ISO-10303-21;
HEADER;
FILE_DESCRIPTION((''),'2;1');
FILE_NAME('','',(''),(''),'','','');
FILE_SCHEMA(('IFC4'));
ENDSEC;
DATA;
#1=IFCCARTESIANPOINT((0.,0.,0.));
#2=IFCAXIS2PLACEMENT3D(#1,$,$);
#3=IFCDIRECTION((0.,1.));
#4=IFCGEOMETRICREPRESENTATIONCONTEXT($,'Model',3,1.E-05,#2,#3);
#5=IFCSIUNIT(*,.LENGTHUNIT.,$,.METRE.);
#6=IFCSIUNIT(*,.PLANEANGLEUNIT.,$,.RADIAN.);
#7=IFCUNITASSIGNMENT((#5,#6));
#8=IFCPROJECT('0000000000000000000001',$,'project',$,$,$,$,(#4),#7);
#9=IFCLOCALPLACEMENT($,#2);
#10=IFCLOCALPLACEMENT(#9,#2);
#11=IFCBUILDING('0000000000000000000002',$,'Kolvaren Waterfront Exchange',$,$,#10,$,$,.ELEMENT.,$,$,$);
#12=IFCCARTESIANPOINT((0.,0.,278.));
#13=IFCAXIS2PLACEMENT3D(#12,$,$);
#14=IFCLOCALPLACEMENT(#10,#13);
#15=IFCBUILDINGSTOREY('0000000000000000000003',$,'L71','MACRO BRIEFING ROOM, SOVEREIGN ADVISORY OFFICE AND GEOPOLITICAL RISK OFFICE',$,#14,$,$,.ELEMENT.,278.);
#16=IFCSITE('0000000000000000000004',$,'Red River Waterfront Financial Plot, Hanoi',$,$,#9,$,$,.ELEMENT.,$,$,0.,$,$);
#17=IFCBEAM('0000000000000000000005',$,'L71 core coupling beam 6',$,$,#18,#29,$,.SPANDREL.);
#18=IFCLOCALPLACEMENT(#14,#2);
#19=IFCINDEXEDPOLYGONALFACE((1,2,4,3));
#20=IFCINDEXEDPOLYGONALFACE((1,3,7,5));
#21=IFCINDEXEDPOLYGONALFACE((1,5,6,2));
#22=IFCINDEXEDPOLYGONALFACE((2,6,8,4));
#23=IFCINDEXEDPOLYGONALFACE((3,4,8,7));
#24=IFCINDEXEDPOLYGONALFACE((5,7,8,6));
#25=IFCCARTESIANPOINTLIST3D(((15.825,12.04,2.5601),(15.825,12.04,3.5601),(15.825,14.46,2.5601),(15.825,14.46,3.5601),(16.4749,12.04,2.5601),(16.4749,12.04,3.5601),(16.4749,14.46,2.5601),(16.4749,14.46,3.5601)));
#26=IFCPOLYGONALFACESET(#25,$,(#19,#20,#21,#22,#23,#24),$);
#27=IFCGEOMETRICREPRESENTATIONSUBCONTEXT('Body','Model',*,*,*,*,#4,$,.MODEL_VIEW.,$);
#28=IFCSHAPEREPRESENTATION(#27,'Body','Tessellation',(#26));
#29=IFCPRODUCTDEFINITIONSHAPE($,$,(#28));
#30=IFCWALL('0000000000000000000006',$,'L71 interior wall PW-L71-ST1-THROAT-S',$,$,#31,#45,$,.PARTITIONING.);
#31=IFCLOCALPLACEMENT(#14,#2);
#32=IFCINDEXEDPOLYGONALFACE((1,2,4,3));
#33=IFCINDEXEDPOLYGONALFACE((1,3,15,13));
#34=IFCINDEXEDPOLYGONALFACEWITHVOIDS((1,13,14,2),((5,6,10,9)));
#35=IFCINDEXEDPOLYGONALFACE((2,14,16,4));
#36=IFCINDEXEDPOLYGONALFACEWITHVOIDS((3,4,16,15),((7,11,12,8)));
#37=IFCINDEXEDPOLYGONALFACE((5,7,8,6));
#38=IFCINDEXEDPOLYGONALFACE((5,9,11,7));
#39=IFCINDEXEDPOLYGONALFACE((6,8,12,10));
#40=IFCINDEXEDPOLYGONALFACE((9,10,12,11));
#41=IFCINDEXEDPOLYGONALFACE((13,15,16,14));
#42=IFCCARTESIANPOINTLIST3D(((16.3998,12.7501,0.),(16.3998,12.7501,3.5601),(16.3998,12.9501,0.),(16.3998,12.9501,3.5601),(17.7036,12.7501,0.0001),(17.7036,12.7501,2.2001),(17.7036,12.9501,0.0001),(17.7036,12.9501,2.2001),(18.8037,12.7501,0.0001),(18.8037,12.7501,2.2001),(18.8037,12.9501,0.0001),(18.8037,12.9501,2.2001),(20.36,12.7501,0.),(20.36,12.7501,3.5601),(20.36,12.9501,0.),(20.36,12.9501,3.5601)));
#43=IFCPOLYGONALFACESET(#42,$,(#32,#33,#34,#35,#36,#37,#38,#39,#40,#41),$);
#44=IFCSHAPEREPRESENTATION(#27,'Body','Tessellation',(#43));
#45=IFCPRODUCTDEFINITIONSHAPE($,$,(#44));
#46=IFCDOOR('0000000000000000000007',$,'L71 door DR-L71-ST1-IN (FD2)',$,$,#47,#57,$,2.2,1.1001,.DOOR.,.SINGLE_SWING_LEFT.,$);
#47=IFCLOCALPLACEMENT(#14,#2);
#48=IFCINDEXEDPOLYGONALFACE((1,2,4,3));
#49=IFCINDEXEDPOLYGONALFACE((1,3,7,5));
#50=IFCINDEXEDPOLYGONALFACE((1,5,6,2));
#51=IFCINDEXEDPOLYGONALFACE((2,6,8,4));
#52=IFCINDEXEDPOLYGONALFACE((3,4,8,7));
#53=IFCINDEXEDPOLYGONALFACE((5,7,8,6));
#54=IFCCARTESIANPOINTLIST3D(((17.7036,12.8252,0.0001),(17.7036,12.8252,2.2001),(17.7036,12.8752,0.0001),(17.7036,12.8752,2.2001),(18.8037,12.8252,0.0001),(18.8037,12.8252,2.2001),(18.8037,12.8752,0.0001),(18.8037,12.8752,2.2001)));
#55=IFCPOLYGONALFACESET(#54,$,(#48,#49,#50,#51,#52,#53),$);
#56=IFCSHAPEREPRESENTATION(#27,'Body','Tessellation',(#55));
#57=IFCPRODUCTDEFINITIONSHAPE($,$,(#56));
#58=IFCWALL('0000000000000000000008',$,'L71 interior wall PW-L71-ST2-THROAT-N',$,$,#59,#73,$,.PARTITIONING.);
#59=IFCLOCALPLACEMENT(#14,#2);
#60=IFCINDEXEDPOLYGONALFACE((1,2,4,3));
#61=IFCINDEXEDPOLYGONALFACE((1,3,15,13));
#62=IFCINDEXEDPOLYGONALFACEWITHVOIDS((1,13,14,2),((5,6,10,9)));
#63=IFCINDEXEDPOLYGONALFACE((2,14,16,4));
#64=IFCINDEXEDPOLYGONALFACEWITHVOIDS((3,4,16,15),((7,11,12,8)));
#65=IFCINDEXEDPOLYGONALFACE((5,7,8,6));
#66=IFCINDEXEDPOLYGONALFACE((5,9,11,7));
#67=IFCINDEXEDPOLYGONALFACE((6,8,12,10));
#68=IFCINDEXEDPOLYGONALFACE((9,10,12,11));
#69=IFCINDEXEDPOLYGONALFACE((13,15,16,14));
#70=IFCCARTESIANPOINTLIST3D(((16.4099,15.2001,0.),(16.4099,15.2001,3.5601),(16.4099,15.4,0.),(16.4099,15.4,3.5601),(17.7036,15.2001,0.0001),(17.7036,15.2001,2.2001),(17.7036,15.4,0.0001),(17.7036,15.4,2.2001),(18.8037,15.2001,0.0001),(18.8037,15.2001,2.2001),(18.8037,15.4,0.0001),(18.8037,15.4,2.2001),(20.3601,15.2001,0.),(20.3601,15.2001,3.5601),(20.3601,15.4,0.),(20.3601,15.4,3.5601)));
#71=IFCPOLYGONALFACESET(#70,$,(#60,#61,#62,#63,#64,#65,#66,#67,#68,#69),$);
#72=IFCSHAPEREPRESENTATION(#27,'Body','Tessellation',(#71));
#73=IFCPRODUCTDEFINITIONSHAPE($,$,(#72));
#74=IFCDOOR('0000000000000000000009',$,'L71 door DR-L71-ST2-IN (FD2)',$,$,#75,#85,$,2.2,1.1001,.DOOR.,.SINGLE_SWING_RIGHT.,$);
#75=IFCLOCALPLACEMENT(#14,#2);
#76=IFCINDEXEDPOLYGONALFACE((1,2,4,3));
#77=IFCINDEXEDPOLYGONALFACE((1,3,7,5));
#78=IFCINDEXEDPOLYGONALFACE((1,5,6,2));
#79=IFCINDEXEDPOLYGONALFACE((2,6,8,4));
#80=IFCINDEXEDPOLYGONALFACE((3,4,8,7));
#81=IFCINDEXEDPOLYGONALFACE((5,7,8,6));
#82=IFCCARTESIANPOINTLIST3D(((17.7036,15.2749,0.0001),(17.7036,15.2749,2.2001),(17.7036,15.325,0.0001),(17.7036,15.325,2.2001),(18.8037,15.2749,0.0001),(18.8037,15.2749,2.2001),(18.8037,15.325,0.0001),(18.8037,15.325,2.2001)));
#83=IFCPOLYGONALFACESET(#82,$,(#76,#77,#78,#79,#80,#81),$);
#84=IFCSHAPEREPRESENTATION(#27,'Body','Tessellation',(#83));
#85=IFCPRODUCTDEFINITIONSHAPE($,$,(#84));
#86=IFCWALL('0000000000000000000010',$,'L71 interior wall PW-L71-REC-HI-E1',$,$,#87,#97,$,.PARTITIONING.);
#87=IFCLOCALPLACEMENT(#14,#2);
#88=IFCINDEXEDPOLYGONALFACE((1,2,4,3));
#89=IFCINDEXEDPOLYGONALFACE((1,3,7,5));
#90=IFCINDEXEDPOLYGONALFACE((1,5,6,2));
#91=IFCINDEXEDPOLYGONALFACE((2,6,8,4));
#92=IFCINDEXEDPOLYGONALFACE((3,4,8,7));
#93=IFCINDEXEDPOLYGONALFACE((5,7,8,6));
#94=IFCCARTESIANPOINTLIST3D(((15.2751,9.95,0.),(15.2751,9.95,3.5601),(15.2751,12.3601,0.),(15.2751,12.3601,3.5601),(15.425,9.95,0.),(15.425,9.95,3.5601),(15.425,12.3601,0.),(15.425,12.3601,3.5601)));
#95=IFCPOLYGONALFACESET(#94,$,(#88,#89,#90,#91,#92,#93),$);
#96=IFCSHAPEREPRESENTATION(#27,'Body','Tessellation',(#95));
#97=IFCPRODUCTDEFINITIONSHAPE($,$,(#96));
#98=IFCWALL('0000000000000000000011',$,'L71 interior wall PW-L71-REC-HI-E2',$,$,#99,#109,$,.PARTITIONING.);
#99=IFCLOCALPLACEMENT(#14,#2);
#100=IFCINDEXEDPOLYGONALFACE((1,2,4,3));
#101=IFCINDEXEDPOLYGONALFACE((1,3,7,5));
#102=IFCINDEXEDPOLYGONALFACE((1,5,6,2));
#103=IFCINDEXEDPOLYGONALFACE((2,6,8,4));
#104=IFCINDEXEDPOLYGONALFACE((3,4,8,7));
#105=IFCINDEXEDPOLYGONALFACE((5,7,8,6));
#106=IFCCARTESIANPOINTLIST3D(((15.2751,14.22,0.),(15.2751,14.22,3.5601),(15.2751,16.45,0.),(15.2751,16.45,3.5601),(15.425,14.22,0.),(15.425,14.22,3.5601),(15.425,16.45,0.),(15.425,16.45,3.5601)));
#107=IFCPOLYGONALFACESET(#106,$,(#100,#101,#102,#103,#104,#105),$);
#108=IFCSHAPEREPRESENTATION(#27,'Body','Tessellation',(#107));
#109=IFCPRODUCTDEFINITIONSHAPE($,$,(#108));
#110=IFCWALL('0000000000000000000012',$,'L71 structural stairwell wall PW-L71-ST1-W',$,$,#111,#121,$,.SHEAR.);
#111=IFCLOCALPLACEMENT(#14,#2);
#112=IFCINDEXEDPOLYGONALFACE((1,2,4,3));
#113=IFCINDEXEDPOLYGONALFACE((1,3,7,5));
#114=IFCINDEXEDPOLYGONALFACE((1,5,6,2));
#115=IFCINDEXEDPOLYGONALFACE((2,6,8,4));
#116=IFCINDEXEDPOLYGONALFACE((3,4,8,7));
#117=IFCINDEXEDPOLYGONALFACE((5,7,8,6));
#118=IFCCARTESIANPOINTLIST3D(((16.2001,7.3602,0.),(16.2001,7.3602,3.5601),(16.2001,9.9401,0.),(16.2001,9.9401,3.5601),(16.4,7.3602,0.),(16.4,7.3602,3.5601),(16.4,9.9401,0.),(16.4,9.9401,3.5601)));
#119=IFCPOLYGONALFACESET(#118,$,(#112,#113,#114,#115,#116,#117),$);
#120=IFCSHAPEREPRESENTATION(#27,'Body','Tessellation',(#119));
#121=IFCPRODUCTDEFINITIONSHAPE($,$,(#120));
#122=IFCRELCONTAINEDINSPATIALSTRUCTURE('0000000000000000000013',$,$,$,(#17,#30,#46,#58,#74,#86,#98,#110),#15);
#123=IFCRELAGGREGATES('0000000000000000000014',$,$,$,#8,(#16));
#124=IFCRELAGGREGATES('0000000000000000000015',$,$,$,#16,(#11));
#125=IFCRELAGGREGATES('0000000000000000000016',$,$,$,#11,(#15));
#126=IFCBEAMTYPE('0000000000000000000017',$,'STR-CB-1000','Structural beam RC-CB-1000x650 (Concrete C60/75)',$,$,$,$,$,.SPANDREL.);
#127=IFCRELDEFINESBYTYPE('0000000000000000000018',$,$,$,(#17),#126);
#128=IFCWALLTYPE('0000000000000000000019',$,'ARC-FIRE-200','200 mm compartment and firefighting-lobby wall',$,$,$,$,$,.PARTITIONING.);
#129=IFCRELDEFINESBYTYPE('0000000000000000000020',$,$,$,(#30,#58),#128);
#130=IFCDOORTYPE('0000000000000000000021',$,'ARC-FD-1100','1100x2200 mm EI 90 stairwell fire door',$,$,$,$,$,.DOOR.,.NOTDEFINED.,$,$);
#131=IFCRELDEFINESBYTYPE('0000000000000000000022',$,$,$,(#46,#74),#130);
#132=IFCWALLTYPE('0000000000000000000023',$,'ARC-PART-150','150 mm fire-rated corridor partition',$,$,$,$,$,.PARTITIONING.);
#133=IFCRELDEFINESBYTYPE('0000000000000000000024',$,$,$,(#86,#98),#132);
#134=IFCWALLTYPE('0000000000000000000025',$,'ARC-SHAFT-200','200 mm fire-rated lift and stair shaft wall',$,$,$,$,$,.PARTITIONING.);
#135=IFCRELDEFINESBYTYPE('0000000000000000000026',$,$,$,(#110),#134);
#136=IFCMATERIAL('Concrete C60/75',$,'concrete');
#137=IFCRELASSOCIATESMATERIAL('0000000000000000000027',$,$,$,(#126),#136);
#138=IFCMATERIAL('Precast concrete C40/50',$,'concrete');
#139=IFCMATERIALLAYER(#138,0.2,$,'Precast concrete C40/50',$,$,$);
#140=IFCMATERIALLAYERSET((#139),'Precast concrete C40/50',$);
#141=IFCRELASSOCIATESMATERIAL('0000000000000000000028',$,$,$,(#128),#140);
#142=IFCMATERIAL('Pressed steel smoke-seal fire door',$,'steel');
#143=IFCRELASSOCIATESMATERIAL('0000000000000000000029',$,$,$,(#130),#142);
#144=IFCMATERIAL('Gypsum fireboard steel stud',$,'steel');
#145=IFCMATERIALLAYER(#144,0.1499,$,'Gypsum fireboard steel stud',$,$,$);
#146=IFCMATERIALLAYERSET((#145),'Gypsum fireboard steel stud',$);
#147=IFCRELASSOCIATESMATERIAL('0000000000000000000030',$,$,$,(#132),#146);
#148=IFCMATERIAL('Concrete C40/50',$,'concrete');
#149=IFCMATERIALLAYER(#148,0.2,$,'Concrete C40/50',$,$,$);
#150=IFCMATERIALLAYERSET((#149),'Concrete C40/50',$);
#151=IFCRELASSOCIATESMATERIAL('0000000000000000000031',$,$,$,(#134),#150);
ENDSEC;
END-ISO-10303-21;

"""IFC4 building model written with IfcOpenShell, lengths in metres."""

from ifc_helpers import new_model, si_unit, direction, frame, frame_2d, origin, origin_2d, place, context, subcontext, project, spatial, rectangle, extrude, material, layer, layer_set, material_profile, profile_set, type_object, element, fill, save


model = new_model("IFC4")

# Units and contexts
model_context = context("Model", 3, precision=1e-05, world=origin(), true_north=direction((0.0, 1.0)))
body_context = subcontext(model_context, "Body", "Model", "MODEL_VIEW")
ifc_project = project(units=[si_unit("LENGTHUNIT", "METRE"), si_unit("PLANEANGLEUNIT", "RADIAN")], contexts=[model_context])

# Site, building, storey
site_placement = place(None, origin())
site = spatial("IfcSite", under=ifc_project, at=site_placement, Name="Red River Waterfront Financial Plot, Hanoi", CompositionType="ELEMENT", RefElevation=0.0)
building_placement = place(site_placement, origin())
building = spatial("IfcBuilding", under=site, at=building_placement, Name="Kolvaren Waterfront Exchange", CompositionType="ELEMENT")
storey_placement = place(building_placement, frame((0.0, 0.0, 278.0)))
storey = spatial("IfcBuildingStorey", under=building, at=storey_placement, Name="L71", Description="MACRO BRIEFING ROOM, SOVEREIGN ADVISORY OFFICE AND GEOPOLITICAL RISK OFFICE", CompositionType="ELEMENT", Elevation=278.0)

# Beam
ifc_material_1 = material(Name="Concrete C60/75", Category="concrete")
ifc_material_profile = material_profile(ifc_material_1, rectangle(XDim=0.6499, YDim=1.0, at=origin_2d()), Name="RC-CB-1000x650")
ifc_profile_set = profile_set([ifc_material_profile], Name="Concrete C60/75")
beam_type = type_object("IfcBeamType", Name="STR-CB-1000", Description="Structural beam RC-CB-1000x650 (Concrete C60/75)", PredefinedType="SPANDREL", material=ifc_profile_set)
beam_placement = place(storey_placement, frame((16.1499, 12.04, 3.0601), z_axis=(0.0, 1.0, 0.0), x_axis=(-1.0, 0.0, 0.0)))
element("IfcBeam", 1, at=beam_placement, inside=storey, type_object=beam_type, Name="L71 core coupling beam 6", PredefinedType="SPANDREL", context=body_context, shape_type="SweptSolid", body=[
    extrude(rectangle(XDim=0.6499, YDim=1.0, at=origin_2d()), origin(), (0.0, 0.0, 1.0), 2.4199),
])

# Walls, openings, doors
ifc_material_2 = material(Name="Precast concrete C40/50", Category="concrete")
ifc_layer_1 = layer(ifc_material_2, 0.2, Name="Precast concrete C40/50")
ifc_layer_set_1 = layer_set([ifc_layer_1], Name="Precast concrete C40/50")
wall_type_1 = type_object("IfcWallType", Name="ARC-FIRE-200", Description="200 mm compartment and firefighting-lobby wall", PredefinedType="PARTITIONING", material=ifc_layer_set_1)
wall_1_placement = place(storey_placement, frame((16.3999, 12.8501, 0.0), z_axis=(0.0, 0.0, 1.0), x_axis=(1.0, 0.0, 0.0)))
wall_1 = element("IfcWall", 2, at=wall_1_placement, inside=storey, type_object=wall_type_1, Name="L71 interior wall PW-L71-ST1-THROAT-S", PredefinedType="PARTITIONING", context=body_context, shape_type="SweptSolid", body=[
    extrude(rectangle(XDim=3.9602, YDim=0.2, at=frame_2d((1.98, 0.0))), origin(), (0.0, 0.0, 1.0), 3.5601),
])
opening_1_placement = place(wall_1_placement, frame((1.3037, 0.0, 0.0)))
opening_1 = element("IfcOpeningElement", 3, at=opening_1_placement, cuts=wall_1, PredefinedType="OPENING", context=body_context, shape_type="SweptSolid", body=[
    extrude(rectangle(XDim=1.1001, YDim=2.2, at=frame_2d((0.55, 1.1001))), frame((0.0, 0.1099, 0.0), z_axis=(0.0, -1.0, 0.0), x_axis=(1.0, 0.0, 0.0)), (0.0, 0.0, 1.0), 0.22),
])
ifc_material_3 = material(Name="Pressed steel smoke-seal fire door", Category="steel")
door_type_1 = type_object("IfcDoorType", Name="ARC-FD-1100", Description="1100x2200 mm EI 90 stairwell fire door", OperationType="NOTDEFINED", PredefinedType="DOOR", material=ifc_material_3)
door_1_placement = place(opening_1_placement, frame((1.1001, 0.0, 0.0), z_axis=(0.0, 0.0, 1.0), x_axis=(-1.0, 0.0, 0.0)))
door_1 = element("IfcDoor", 4, at=door_1_placement, inside=storey, type_object=door_type_1, Name="L71 door DR-L71-ST1-IN (FD2)", OperationType="SINGLE_SWING_LEFT", OverallHeight=2.2, OverallWidth=1.1001, PredefinedType="DOOR", context=body_context, shape_type="SweptSolid", body=[
    extrude(rectangle(XDim=1.1001, YDim=2.2, at=frame_2d((0.55, 1.1001))), frame((0.0, 0.0249, 0.0), z_axis=(0.0, -1.0, 0.0), x_axis=(1.0, 0.0, 0.0)), (0.0, 0.0, 1.0), 0.05),
])
fill(opening_1, door_1)
wall_2_placement = place(storey_placement, frame((16.4099, 15.3, 0.0), z_axis=(0.0, 0.0, 1.0), x_axis=(1.0, 0.0, 0.0)))
wall_2 = element("IfcWall", 5, at=wall_2_placement, inside=storey, type_object=wall_type_1, Name="L71 interior wall PW-L71-ST2-THROAT-N", PredefinedType="PARTITIONING", context=body_context, shape_type="SweptSolid", body=[
    extrude(rectangle(XDim=3.9502, YDim=0.2, at=frame_2d((1.9751, 0.0))), origin(), (0.0, 0.0, 1.0), 3.5601),
])
opening_2_placement = place(wall_2_placement, frame((1.2937, 0.0, 0.0)))
opening_2 = element("IfcOpeningElement", 6, at=opening_2_placement, cuts=wall_2, PredefinedType="OPENING", context=body_context, shape_type="SweptSolid", body=[
    extrude(rectangle(XDim=1.1001, YDim=2.2, at=frame_2d((0.55, 1.1001))), frame((0.0, 0.1099, 0.0), z_axis=(0.0, -1.0, 0.0), x_axis=(1.0, 0.0, 0.0)), (0.0, 0.0, 1.0), 0.22),
])
door_2_placement = place(opening_2_placement, origin())
door_2 = element("IfcDoor", 7, at=door_2_placement, inside=storey, type_object=door_type_1, Name="L71 door DR-L71-ST2-IN (FD2)", OperationType="SINGLE_SWING_RIGHT", OverallHeight=2.2, OverallWidth=1.1001, PredefinedType="DOOR", context=body_context, shape_type="SweptSolid", body=[
    extrude(rectangle(XDim=1.1001, YDim=2.2, at=frame_2d((0.55, 1.1001))), frame((0.0, 0.0249, 0.0), z_axis=(0.0, -1.0, 0.0), x_axis=(1.0, 0.0, 0.0)), (0.0, 0.0, 1.0), 0.05),
])
fill(opening_2, door_2)

# Walls
ifc_material_4 = material(Name="Gypsum fireboard steel stud", Category="steel")
ifc_layer_2 = layer(ifc_material_4, 0.1499, Name="Gypsum fireboard steel stud")
ifc_layer_set_2 = layer_set([ifc_layer_2], Name="Gypsum fireboard steel stud")
wall_type_2 = type_object("IfcWallType", Name="ARC-PART-150", Description="150 mm fire-rated corridor partition", PredefinedType="PARTITIONING", material=ifc_layer_set_2)
wall_3_placement = place(storey_placement, frame((15.3501, 9.95, 0.0), z_axis=(0.0, 0.0, 1.0), x_axis=(0.0, 1.0, 0.0)))
element("IfcWall", 8, at=wall_3_placement, inside=storey, type_object=wall_type_2, Name="L71 interior wall PW-L71-REC-HI-E1", PredefinedType="PARTITIONING", context=body_context, shape_type="SweptSolid", body=[
    extrude(rectangle(XDim=2.4102, YDim=0.1499, at=frame_2d((1.2051, 0.0))), origin(), (0.0, 0.0, 1.0), 3.5601),
])
wall_4_placement = place(storey_placement, frame((15.3501, 14.22, 0.0), z_axis=(0.0, 0.0, 1.0), x_axis=(0.0, 1.0, 0.0)))
element("IfcWall", 9, at=wall_4_placement, inside=storey, type_object=wall_type_2, Name="L71 interior wall PW-L71-REC-HI-E2", PredefinedType="PARTITIONING", context=body_context, shape_type="SweptSolid", body=[
    extrude(rectangle(XDim=2.23, YDim=0.1499, at=frame_2d((1.115, 0.0))), origin(), (0.0, 0.0, 1.0), 3.5601),
])
ifc_material_5 = material(Name="Concrete C40/50", Category="concrete")
ifc_layer_3 = layer(ifc_material_5, 0.2, Name="Concrete C40/50")
ifc_layer_set_3 = layer_set([ifc_layer_3], Name="Concrete C40/50")
wall_type_3 = type_object("IfcWallType", Name="ARC-SHAFT-200", Description="200 mm fire-rated lift and stair shaft wall", PredefinedType="PARTITIONING", material=ifc_layer_set_3)
wall_5_placement = place(storey_placement, frame((16.3, 7.3601, 0.0), z_axis=(0.0, 0.0, 1.0), x_axis=(0.0, 1.0, 0.0)))
element("IfcWall", 10, at=wall_5_placement, inside=storey, type_object=wall_type_3, Name="L71 structural stairwell wall PW-L71-ST1-W", PredefinedType="SHEAR", context=body_context, shape_type="SweptSolid", body=[
    extrude(rectangle(XDim=2.5798, YDim=0.2, at=frame_2d((1.29, 0.0))), origin(), (0.0, 0.0, 1.0), 3.5601),
])

save(model, "model.ifc")
